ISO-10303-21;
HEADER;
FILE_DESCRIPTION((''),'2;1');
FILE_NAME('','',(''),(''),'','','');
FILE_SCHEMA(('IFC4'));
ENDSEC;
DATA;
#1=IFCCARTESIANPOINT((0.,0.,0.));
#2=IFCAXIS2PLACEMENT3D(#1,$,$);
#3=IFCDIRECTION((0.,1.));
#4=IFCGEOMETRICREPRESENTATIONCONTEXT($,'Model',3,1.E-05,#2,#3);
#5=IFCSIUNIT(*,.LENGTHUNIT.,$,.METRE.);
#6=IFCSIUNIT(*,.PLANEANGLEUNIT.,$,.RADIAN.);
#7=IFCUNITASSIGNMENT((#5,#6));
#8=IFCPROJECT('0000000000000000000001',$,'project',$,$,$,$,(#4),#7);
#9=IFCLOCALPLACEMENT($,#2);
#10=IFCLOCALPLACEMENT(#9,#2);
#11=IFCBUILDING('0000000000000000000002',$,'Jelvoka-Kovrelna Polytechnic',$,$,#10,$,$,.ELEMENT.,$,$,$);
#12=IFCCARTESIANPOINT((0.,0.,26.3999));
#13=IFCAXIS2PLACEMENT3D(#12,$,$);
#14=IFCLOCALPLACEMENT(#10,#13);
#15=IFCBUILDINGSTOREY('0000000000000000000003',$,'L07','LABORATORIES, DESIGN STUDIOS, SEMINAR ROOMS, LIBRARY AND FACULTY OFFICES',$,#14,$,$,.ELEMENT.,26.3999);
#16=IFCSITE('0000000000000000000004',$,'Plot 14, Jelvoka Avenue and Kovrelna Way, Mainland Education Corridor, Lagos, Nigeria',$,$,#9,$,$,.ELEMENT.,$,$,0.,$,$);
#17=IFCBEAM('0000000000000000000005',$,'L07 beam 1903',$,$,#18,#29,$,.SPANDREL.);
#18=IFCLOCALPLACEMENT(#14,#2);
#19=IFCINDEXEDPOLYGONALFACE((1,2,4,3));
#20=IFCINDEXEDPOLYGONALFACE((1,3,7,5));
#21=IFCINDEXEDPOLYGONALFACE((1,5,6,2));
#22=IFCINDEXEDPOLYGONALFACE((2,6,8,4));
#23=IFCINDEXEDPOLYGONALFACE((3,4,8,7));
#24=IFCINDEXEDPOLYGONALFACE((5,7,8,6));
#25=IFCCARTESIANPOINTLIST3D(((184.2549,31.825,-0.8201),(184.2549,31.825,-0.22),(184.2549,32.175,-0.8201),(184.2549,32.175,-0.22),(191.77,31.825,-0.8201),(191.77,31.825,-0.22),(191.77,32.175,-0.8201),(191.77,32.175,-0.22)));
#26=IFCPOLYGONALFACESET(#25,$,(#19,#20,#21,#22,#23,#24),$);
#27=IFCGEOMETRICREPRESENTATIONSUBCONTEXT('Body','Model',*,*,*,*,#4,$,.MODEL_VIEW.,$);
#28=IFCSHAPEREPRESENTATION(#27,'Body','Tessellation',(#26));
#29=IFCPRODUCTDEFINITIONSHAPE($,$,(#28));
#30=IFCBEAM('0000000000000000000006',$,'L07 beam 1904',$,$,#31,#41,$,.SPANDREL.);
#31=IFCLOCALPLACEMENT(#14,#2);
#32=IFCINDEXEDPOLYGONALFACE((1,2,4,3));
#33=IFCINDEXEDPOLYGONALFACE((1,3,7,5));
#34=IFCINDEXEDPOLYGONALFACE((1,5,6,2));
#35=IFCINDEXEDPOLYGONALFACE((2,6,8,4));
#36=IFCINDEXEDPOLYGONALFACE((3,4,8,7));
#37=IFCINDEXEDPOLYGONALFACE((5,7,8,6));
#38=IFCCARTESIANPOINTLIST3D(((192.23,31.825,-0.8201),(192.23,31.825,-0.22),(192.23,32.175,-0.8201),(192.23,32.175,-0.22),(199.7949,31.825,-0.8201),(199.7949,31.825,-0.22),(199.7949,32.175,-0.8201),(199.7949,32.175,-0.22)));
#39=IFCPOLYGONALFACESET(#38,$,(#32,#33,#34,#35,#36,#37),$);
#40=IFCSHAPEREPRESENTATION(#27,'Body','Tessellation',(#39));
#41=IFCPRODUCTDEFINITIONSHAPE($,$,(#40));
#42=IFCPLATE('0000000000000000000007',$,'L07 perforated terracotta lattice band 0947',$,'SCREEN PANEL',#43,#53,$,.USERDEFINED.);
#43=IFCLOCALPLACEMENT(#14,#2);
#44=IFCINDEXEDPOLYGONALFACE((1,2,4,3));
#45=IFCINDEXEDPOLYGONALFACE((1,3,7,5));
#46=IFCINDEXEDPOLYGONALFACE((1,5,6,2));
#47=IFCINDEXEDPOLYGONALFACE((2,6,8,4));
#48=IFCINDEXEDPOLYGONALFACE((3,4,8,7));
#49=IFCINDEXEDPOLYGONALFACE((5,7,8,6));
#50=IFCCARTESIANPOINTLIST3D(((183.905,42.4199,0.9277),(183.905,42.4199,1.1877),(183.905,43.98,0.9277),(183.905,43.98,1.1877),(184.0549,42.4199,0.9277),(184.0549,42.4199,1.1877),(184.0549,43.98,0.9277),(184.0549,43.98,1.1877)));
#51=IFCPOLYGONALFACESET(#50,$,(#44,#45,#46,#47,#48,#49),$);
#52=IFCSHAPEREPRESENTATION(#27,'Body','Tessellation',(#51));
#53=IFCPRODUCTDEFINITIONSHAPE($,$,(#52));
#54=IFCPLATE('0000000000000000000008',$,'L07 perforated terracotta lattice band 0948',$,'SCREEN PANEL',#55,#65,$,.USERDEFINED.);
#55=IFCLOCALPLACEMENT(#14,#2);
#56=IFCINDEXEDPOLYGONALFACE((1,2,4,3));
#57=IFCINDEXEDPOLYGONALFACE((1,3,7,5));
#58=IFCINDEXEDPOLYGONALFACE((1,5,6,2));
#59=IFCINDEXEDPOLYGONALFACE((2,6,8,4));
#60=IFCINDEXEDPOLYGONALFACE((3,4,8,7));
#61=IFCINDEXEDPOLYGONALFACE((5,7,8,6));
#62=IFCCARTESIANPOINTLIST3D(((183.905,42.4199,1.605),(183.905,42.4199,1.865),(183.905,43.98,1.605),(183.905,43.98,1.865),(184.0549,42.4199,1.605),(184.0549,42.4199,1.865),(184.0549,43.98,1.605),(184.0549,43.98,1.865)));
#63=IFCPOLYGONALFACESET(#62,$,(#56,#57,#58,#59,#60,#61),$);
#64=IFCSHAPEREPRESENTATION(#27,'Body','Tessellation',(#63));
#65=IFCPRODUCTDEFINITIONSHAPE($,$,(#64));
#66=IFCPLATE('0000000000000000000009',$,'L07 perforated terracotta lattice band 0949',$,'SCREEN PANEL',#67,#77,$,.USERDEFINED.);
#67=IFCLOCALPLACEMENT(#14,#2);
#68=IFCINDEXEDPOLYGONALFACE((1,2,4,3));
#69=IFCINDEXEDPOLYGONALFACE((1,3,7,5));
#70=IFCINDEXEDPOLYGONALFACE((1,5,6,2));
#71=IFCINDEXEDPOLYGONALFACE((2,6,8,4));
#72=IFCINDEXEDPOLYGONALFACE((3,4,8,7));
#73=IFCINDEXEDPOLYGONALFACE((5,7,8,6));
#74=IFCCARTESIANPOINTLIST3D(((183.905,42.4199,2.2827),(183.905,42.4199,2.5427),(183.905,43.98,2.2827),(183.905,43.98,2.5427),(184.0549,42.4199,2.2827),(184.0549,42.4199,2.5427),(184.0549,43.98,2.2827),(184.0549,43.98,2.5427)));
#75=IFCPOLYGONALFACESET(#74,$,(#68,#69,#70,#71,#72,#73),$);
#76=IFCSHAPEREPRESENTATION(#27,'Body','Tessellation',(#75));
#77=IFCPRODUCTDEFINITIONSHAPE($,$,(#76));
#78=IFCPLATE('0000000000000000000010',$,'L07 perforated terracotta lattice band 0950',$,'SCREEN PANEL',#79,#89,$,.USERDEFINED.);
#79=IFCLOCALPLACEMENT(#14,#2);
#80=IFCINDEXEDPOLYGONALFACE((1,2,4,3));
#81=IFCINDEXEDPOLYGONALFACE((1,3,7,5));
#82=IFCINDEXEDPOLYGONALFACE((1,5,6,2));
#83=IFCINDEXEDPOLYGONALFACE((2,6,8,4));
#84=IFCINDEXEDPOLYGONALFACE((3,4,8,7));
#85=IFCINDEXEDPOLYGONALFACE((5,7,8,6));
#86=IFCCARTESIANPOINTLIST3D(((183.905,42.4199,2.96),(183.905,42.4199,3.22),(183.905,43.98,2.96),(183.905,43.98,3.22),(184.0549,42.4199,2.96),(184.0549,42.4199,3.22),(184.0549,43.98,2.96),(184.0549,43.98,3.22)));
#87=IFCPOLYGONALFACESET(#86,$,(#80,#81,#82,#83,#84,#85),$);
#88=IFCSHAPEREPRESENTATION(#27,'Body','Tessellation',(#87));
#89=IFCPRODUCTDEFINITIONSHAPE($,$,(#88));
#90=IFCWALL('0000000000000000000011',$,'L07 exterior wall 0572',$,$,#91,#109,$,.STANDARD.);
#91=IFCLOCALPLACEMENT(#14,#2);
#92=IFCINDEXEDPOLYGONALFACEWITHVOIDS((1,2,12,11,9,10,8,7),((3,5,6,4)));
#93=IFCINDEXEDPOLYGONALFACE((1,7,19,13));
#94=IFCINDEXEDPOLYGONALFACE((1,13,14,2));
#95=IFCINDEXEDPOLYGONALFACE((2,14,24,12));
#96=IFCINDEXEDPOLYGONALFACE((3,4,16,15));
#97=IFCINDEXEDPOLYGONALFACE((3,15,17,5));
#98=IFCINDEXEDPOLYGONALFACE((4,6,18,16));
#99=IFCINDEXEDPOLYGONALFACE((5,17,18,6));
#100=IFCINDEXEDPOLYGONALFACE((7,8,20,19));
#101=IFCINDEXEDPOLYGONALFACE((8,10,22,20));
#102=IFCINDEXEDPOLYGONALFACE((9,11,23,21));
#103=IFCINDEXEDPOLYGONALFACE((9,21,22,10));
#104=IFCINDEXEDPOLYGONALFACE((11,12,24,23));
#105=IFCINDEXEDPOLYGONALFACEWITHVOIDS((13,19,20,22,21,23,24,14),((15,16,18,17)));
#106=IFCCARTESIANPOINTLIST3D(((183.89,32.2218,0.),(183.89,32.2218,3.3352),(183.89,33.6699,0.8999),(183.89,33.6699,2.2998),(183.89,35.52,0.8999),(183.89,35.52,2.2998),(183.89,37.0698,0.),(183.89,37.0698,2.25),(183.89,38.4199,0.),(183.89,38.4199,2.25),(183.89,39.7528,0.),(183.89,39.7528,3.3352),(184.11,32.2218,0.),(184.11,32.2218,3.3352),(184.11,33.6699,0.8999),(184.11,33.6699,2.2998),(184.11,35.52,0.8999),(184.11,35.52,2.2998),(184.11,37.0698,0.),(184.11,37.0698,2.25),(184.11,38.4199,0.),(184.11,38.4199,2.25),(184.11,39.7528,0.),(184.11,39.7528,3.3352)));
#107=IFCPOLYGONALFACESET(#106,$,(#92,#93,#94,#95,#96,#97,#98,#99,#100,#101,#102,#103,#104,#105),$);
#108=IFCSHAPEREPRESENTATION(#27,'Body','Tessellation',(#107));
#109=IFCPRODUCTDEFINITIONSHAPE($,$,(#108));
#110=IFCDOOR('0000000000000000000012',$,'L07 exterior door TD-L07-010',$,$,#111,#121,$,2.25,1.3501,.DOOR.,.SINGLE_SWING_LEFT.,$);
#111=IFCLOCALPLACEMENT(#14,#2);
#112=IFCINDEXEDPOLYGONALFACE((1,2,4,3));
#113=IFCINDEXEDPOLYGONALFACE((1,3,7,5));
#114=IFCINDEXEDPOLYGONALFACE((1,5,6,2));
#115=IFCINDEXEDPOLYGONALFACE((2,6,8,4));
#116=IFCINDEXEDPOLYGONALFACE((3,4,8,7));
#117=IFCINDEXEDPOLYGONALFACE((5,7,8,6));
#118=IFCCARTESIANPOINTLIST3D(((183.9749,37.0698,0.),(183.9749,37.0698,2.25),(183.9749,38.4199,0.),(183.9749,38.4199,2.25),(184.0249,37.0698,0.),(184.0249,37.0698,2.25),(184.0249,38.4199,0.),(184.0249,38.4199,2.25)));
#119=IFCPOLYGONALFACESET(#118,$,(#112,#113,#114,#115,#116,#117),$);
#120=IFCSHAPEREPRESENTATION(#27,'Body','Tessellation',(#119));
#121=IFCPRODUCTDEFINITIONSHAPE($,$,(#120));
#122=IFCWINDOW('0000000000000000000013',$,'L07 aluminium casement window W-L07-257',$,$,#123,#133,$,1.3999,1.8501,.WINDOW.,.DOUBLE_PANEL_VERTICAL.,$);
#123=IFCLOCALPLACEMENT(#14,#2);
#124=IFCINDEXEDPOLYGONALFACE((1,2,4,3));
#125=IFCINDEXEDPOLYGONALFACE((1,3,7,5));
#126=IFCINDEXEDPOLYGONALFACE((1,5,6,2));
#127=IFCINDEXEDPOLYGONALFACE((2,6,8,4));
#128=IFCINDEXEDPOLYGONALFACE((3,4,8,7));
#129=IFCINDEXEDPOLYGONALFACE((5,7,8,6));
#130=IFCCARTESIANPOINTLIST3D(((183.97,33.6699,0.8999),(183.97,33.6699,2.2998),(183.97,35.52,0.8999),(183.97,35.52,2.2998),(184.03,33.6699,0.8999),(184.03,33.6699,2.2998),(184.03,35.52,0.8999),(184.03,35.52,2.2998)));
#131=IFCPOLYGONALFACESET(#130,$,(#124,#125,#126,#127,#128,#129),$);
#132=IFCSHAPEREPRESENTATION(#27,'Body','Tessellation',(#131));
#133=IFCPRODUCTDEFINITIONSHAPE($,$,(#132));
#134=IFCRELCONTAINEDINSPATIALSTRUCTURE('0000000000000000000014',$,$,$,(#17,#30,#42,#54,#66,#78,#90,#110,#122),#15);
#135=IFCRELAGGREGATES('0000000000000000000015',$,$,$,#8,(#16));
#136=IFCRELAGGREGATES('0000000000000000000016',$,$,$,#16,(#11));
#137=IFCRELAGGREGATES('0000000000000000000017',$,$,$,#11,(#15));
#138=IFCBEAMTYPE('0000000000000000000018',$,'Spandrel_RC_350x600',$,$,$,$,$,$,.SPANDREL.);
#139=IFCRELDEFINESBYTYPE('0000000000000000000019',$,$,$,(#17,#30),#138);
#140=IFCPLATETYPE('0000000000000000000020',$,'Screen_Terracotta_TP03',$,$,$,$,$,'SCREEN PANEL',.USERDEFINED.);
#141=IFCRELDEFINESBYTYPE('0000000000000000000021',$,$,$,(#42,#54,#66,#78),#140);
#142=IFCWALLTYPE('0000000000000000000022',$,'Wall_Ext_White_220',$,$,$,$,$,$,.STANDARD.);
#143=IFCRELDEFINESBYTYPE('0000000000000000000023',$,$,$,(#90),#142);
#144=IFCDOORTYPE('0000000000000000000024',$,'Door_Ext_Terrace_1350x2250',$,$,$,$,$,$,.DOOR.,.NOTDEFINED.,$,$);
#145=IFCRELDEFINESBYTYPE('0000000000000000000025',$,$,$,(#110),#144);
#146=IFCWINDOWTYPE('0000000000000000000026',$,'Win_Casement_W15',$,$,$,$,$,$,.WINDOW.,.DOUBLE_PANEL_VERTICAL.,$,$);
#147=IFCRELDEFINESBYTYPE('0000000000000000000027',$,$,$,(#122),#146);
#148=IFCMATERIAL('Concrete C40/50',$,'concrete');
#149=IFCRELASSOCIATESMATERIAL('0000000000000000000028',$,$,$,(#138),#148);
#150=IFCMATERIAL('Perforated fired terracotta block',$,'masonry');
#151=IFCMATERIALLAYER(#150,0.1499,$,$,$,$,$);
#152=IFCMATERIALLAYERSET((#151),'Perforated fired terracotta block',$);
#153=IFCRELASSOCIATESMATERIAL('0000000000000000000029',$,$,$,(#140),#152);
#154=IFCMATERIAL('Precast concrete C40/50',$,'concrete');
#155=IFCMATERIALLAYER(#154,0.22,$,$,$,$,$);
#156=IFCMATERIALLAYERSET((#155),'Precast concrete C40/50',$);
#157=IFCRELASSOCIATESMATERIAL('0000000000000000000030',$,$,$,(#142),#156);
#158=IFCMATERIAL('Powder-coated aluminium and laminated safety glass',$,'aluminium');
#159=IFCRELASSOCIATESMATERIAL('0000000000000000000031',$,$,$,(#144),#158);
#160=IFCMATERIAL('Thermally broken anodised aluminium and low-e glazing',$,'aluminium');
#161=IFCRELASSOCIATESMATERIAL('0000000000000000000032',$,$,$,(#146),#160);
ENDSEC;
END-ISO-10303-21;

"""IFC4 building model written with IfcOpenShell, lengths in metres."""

from ifc_helpers import new_model, si_unit, direction, frame, frame_2d, origin, origin_2d, place, context, subcontext, project, spatial, rectangle, extrude, material, layer, layer_set, material_profile, profile_set, type_object, element, fill, save


model = new_model("IFC4")

# Units and contexts
model_context = context("Model", 3, precision=1e-05, world=origin(), true_north=direction((0.0, 1.0)))
body_context = subcontext(model_context, "Body", "Model", "MODEL_VIEW")
ifc_project = project(units=[si_unit("LENGTHUNIT", "METRE"), si_unit("PLANEANGLEUNIT", "RADIAN")], contexts=[model_context])

# Site, building, storey
site_placement = place(None, origin())
site = spatial("IfcSite", under=ifc_project, at=site_placement, Name="Plot 14, Jelvoka Avenue and Kovrelna Way, Mainland Education Corridor, Lagos, Nigeria", CompositionType="ELEMENT", RefElevation=0.0)
building_placement = place(site_placement, origin())
building = spatial("IfcBuilding", under=site, at=building_placement, Name="Jelvoka-Kovrelna Polytechnic", CompositionType="ELEMENT")
storey_placement = place(building_placement, frame((0.0, 0.0, 26.3999)))
storey = spatial("IfcBuildingStorey", under=building, at=storey_placement, Name="L07", Description="LABORATORIES, DESIGN STUDIOS, SEMINAR ROOMS, LIBRARY AND FACULTY OFFICES", CompositionType="ELEMENT", Elevation=26.3999)

# Beams
ifc_material_1 = material(Name="Concrete C40/50", Category="concrete")
ifc_material_profile_1 = material_profile(ifc_material_1, rectangle(XDim=0.3501, YDim=0.6001, at=origin_2d()), Name="RC 350x600")
ifc_profile_set_1 = profile_set([ifc_material_profile_1], Name="Concrete C40/50")
beam_type_1 = type_object("IfcBeamType", Name="Spandrel_RC_350x600", PredefinedType="SPANDREL", material=ifc_profile_set_1)
beam_1_placement = place(storey_placement, frame((184.2549, 32.0, -0.52), z_axis=(1.0, 0.0, 0.0), x_axis=(0.0, 1.0, 0.0)))
element("IfcBeam", 1, at=beam_1_placement, inside=storey, type_object=beam_type_1, Name="L07 beam 1903", PredefinedType="SPANDREL", context=body_context, shape_type="SweptSolid", body=[
    extrude(rectangle(XDim=0.3501, YDim=0.6001, at=origin_2d()), origin(), (0.0, 0.0, 1.0), 7.5151),
])
beam_2_placement = place(storey_placement, frame((192.23, 32.0, -0.52), z_axis=(1.0, 0.0, 0.0), x_axis=(0.0, 1.0, 0.0)))
element("IfcBeam", 2, at=beam_2_placement, inside=storey, type_object=beam_type_1, Name="L07 beam 1904", PredefinedType="SPANDREL", context=body_context, shape_type="SweptSolid", body=[
    extrude(rectangle(XDim=0.3501, YDim=0.6001, at=origin_2d()), origin(), (0.0, 0.0, 1.0), 7.5649),
])

# Plates
ifc_material_2 = material(Name="Perforated fired terracotta block", Category="masonry")
ifc_layer_1 = layer(ifc_material_2, 0.1499)
ifc_layer_set_1 = layer_set([ifc_layer_1], Name="Perforated fired terracotta block")
plate_type = type_object("IfcPlateType", Name="Screen_Terracotta_TP03", ElementType="SCREEN PANEL", PredefinedType="USERDEFINED", material=ifc_layer_set_1)
for number, where, z_axis, x_axis, name in (
    (3, (183.98, 43.2, 0.9277), (0.0, 0.0, 1.0), (0.0, 1.0, 0.0), "L07 perforated terracotta lattice band 0947"),
    (4, (183.98, 43.2, 1.605), (0.0, 0.0, 1.0), (0.0, 1.0, 0.0), "L07 perforated terracotta lattice band 0948"),
    (5, (183.98, 43.2, 2.2827), (0.0, 0.0, 1.0), (0.0, 1.0, 0.0), "L07 perforated terracotta lattice band 0949"),
    (6, (183.98, 43.2, 2.96), (0.0, 0.0, 1.0), (0.0, 1.0, 0.0), "L07 perforated terracotta lattice band 0950"),
):
    element("IfcPlate", number, at=place(storey_placement, frame(where, z_axis=z_axis, x_axis=x_axis)), inside=storey, type_object=plate_type, Name=name, ObjectType="SCREEN PANEL", PredefinedType="USERDEFINED", context=body_context, shape_type="SweptSolid", body=[
        extrude(rectangle(XDim=1.5601, YDim=0.1499, at=origin_2d()), origin(), (0.0, 0.0, 1.0), 0.26),
    ])

# Wall, openings, door, window
ifc_material_3 = material(Name="Precast concrete C40/50", Category="concrete")
ifc_layer_2 = layer(ifc_material_3, 0.22)
ifc_layer_set_2 = layer_set([ifc_layer_2], Name="Precast concrete C40/50")
wall_type = type_object("IfcWallType", Name="Wall_Ext_White_220", PredefinedType="STANDARD", material=ifc_layer_set_2)
wall_placement = place(storey_placement, frame((184.0, 39.7529, 0.0), z_axis=(0.0, 0.0, 1.0), x_axis=(0.0, -1.0, 0.0)))
wall = element("IfcWall", 7, at=wall_placement, inside=storey, type_object=wall_type, Name="L07 exterior wall 0572", PredefinedType="STANDARD", context=body_context, shape_type="SweptSolid", body=[
    extrude(rectangle(XDim=7.531, YDim=0.22, at=frame_2d((3.7656, 0.0))), origin(), (0.0, 0.0, 1.0), 3.3352),
])
opening_1_placement = place(wall_placement, frame((1.333, 0.0, 0.0)))
opening_1 = element("IfcOpeningElement", 8, at=opening_1_placement, cuts=wall, PredefinedType="OPENING", context=body_context, shape_type="SweptSolid", body=[
    extrude(rectangle(XDim=1.3501, YDim=2.25, at=frame_2d((0.675, 1.125))), frame((0.0, 0.1199, 0.0), z_axis=(0.0, -1.0, 0.0), x_axis=(1.0, 0.0, 0.0)), (0.0, 0.0, 1.0), 0.24),
])
opening_2_placement = place(wall_placement, frame((4.2329, 0.0, 0.8999)))
opening_2 = element("IfcOpeningElement", 9, at=opening_2_placement, cuts=wall, PredefinedType="OPENING", context=body_context, shape_type="SweptSolid", body=[
    extrude(rectangle(XDim=1.8501, YDim=1.3999, at=frame_2d((0.925, 0.7))), frame((0.0, 0.1199, 0.0), z_axis=(0.0, -1.0, 0.0), x_axis=(1.0, 0.0, 0.0)), (0.0, 0.0, 1.0), 0.24),
])
ifc_material_4 = material(Name="Powder-coated aluminium and laminated safety glass", Category="aluminium")
door_type = type_object("IfcDoorType", Name="Door_Ext_Terrace_1350x2250", OperationType="NOTDEFINED", PredefinedType="DOOR", material=ifc_material_4)
door_placement = place(opening_1_placement, origin())
door = element("IfcDoor", 10, at=door_placement, inside=storey, type_object=door_type, Name="L07 exterior door TD-L07-010", OperationType="SINGLE_SWING_LEFT", OverallHeight=2.25, OverallWidth=1.3501, PredefinedType="DOOR", context=body_context, shape_type="SweptSolid", body=[
    extrude(rectangle(XDim=1.3501, YDim=2.25, at=frame_2d((0.675, 1.125))), frame((0.0, 0.0249, 0.0), z_axis=(0.0, -1.0, 0.0), x_axis=(1.0, 0.0, 0.0)), (0.0, 0.0, 1.0), 0.05),
])
fill(opening_1, door)
ifc_material_5 = material(Name="Thermally broken anodised aluminium and low-e glazing", Category="aluminium")
window_type = type_object("IfcWindowType", Name="Win_Casement_W15", PartitioningType="DOUBLE_PANEL_VERTICAL", PredefinedType="WINDOW", material=ifc_material_5)
window_placement = place(opening_2_placement, origin())
window = element("IfcWindow", 11, at=window_placement, inside=storey, type_object=window_type, Name="L07 aluminium casement window W-L07-257", OverallHeight=1.3999, OverallWidth=1.8501, PartitioningType="DOUBLE_PANEL_VERTICAL", PredefinedType="WINDOW", context=body_context, shape_type="SweptSolid", body=[
    extrude(rectangle(XDim=1.8501, YDim=1.3999, at=frame_2d((0.925, 0.7))), frame((0.0, 0.03, 0.0), z_axis=(0.0, -1.0, 0.0), x_axis=(1.0, 0.0, 0.0)), (0.0, 0.0, 1.0), 0.0601),
])
fill(opening_2, window)

save(model, "model.ifc")
